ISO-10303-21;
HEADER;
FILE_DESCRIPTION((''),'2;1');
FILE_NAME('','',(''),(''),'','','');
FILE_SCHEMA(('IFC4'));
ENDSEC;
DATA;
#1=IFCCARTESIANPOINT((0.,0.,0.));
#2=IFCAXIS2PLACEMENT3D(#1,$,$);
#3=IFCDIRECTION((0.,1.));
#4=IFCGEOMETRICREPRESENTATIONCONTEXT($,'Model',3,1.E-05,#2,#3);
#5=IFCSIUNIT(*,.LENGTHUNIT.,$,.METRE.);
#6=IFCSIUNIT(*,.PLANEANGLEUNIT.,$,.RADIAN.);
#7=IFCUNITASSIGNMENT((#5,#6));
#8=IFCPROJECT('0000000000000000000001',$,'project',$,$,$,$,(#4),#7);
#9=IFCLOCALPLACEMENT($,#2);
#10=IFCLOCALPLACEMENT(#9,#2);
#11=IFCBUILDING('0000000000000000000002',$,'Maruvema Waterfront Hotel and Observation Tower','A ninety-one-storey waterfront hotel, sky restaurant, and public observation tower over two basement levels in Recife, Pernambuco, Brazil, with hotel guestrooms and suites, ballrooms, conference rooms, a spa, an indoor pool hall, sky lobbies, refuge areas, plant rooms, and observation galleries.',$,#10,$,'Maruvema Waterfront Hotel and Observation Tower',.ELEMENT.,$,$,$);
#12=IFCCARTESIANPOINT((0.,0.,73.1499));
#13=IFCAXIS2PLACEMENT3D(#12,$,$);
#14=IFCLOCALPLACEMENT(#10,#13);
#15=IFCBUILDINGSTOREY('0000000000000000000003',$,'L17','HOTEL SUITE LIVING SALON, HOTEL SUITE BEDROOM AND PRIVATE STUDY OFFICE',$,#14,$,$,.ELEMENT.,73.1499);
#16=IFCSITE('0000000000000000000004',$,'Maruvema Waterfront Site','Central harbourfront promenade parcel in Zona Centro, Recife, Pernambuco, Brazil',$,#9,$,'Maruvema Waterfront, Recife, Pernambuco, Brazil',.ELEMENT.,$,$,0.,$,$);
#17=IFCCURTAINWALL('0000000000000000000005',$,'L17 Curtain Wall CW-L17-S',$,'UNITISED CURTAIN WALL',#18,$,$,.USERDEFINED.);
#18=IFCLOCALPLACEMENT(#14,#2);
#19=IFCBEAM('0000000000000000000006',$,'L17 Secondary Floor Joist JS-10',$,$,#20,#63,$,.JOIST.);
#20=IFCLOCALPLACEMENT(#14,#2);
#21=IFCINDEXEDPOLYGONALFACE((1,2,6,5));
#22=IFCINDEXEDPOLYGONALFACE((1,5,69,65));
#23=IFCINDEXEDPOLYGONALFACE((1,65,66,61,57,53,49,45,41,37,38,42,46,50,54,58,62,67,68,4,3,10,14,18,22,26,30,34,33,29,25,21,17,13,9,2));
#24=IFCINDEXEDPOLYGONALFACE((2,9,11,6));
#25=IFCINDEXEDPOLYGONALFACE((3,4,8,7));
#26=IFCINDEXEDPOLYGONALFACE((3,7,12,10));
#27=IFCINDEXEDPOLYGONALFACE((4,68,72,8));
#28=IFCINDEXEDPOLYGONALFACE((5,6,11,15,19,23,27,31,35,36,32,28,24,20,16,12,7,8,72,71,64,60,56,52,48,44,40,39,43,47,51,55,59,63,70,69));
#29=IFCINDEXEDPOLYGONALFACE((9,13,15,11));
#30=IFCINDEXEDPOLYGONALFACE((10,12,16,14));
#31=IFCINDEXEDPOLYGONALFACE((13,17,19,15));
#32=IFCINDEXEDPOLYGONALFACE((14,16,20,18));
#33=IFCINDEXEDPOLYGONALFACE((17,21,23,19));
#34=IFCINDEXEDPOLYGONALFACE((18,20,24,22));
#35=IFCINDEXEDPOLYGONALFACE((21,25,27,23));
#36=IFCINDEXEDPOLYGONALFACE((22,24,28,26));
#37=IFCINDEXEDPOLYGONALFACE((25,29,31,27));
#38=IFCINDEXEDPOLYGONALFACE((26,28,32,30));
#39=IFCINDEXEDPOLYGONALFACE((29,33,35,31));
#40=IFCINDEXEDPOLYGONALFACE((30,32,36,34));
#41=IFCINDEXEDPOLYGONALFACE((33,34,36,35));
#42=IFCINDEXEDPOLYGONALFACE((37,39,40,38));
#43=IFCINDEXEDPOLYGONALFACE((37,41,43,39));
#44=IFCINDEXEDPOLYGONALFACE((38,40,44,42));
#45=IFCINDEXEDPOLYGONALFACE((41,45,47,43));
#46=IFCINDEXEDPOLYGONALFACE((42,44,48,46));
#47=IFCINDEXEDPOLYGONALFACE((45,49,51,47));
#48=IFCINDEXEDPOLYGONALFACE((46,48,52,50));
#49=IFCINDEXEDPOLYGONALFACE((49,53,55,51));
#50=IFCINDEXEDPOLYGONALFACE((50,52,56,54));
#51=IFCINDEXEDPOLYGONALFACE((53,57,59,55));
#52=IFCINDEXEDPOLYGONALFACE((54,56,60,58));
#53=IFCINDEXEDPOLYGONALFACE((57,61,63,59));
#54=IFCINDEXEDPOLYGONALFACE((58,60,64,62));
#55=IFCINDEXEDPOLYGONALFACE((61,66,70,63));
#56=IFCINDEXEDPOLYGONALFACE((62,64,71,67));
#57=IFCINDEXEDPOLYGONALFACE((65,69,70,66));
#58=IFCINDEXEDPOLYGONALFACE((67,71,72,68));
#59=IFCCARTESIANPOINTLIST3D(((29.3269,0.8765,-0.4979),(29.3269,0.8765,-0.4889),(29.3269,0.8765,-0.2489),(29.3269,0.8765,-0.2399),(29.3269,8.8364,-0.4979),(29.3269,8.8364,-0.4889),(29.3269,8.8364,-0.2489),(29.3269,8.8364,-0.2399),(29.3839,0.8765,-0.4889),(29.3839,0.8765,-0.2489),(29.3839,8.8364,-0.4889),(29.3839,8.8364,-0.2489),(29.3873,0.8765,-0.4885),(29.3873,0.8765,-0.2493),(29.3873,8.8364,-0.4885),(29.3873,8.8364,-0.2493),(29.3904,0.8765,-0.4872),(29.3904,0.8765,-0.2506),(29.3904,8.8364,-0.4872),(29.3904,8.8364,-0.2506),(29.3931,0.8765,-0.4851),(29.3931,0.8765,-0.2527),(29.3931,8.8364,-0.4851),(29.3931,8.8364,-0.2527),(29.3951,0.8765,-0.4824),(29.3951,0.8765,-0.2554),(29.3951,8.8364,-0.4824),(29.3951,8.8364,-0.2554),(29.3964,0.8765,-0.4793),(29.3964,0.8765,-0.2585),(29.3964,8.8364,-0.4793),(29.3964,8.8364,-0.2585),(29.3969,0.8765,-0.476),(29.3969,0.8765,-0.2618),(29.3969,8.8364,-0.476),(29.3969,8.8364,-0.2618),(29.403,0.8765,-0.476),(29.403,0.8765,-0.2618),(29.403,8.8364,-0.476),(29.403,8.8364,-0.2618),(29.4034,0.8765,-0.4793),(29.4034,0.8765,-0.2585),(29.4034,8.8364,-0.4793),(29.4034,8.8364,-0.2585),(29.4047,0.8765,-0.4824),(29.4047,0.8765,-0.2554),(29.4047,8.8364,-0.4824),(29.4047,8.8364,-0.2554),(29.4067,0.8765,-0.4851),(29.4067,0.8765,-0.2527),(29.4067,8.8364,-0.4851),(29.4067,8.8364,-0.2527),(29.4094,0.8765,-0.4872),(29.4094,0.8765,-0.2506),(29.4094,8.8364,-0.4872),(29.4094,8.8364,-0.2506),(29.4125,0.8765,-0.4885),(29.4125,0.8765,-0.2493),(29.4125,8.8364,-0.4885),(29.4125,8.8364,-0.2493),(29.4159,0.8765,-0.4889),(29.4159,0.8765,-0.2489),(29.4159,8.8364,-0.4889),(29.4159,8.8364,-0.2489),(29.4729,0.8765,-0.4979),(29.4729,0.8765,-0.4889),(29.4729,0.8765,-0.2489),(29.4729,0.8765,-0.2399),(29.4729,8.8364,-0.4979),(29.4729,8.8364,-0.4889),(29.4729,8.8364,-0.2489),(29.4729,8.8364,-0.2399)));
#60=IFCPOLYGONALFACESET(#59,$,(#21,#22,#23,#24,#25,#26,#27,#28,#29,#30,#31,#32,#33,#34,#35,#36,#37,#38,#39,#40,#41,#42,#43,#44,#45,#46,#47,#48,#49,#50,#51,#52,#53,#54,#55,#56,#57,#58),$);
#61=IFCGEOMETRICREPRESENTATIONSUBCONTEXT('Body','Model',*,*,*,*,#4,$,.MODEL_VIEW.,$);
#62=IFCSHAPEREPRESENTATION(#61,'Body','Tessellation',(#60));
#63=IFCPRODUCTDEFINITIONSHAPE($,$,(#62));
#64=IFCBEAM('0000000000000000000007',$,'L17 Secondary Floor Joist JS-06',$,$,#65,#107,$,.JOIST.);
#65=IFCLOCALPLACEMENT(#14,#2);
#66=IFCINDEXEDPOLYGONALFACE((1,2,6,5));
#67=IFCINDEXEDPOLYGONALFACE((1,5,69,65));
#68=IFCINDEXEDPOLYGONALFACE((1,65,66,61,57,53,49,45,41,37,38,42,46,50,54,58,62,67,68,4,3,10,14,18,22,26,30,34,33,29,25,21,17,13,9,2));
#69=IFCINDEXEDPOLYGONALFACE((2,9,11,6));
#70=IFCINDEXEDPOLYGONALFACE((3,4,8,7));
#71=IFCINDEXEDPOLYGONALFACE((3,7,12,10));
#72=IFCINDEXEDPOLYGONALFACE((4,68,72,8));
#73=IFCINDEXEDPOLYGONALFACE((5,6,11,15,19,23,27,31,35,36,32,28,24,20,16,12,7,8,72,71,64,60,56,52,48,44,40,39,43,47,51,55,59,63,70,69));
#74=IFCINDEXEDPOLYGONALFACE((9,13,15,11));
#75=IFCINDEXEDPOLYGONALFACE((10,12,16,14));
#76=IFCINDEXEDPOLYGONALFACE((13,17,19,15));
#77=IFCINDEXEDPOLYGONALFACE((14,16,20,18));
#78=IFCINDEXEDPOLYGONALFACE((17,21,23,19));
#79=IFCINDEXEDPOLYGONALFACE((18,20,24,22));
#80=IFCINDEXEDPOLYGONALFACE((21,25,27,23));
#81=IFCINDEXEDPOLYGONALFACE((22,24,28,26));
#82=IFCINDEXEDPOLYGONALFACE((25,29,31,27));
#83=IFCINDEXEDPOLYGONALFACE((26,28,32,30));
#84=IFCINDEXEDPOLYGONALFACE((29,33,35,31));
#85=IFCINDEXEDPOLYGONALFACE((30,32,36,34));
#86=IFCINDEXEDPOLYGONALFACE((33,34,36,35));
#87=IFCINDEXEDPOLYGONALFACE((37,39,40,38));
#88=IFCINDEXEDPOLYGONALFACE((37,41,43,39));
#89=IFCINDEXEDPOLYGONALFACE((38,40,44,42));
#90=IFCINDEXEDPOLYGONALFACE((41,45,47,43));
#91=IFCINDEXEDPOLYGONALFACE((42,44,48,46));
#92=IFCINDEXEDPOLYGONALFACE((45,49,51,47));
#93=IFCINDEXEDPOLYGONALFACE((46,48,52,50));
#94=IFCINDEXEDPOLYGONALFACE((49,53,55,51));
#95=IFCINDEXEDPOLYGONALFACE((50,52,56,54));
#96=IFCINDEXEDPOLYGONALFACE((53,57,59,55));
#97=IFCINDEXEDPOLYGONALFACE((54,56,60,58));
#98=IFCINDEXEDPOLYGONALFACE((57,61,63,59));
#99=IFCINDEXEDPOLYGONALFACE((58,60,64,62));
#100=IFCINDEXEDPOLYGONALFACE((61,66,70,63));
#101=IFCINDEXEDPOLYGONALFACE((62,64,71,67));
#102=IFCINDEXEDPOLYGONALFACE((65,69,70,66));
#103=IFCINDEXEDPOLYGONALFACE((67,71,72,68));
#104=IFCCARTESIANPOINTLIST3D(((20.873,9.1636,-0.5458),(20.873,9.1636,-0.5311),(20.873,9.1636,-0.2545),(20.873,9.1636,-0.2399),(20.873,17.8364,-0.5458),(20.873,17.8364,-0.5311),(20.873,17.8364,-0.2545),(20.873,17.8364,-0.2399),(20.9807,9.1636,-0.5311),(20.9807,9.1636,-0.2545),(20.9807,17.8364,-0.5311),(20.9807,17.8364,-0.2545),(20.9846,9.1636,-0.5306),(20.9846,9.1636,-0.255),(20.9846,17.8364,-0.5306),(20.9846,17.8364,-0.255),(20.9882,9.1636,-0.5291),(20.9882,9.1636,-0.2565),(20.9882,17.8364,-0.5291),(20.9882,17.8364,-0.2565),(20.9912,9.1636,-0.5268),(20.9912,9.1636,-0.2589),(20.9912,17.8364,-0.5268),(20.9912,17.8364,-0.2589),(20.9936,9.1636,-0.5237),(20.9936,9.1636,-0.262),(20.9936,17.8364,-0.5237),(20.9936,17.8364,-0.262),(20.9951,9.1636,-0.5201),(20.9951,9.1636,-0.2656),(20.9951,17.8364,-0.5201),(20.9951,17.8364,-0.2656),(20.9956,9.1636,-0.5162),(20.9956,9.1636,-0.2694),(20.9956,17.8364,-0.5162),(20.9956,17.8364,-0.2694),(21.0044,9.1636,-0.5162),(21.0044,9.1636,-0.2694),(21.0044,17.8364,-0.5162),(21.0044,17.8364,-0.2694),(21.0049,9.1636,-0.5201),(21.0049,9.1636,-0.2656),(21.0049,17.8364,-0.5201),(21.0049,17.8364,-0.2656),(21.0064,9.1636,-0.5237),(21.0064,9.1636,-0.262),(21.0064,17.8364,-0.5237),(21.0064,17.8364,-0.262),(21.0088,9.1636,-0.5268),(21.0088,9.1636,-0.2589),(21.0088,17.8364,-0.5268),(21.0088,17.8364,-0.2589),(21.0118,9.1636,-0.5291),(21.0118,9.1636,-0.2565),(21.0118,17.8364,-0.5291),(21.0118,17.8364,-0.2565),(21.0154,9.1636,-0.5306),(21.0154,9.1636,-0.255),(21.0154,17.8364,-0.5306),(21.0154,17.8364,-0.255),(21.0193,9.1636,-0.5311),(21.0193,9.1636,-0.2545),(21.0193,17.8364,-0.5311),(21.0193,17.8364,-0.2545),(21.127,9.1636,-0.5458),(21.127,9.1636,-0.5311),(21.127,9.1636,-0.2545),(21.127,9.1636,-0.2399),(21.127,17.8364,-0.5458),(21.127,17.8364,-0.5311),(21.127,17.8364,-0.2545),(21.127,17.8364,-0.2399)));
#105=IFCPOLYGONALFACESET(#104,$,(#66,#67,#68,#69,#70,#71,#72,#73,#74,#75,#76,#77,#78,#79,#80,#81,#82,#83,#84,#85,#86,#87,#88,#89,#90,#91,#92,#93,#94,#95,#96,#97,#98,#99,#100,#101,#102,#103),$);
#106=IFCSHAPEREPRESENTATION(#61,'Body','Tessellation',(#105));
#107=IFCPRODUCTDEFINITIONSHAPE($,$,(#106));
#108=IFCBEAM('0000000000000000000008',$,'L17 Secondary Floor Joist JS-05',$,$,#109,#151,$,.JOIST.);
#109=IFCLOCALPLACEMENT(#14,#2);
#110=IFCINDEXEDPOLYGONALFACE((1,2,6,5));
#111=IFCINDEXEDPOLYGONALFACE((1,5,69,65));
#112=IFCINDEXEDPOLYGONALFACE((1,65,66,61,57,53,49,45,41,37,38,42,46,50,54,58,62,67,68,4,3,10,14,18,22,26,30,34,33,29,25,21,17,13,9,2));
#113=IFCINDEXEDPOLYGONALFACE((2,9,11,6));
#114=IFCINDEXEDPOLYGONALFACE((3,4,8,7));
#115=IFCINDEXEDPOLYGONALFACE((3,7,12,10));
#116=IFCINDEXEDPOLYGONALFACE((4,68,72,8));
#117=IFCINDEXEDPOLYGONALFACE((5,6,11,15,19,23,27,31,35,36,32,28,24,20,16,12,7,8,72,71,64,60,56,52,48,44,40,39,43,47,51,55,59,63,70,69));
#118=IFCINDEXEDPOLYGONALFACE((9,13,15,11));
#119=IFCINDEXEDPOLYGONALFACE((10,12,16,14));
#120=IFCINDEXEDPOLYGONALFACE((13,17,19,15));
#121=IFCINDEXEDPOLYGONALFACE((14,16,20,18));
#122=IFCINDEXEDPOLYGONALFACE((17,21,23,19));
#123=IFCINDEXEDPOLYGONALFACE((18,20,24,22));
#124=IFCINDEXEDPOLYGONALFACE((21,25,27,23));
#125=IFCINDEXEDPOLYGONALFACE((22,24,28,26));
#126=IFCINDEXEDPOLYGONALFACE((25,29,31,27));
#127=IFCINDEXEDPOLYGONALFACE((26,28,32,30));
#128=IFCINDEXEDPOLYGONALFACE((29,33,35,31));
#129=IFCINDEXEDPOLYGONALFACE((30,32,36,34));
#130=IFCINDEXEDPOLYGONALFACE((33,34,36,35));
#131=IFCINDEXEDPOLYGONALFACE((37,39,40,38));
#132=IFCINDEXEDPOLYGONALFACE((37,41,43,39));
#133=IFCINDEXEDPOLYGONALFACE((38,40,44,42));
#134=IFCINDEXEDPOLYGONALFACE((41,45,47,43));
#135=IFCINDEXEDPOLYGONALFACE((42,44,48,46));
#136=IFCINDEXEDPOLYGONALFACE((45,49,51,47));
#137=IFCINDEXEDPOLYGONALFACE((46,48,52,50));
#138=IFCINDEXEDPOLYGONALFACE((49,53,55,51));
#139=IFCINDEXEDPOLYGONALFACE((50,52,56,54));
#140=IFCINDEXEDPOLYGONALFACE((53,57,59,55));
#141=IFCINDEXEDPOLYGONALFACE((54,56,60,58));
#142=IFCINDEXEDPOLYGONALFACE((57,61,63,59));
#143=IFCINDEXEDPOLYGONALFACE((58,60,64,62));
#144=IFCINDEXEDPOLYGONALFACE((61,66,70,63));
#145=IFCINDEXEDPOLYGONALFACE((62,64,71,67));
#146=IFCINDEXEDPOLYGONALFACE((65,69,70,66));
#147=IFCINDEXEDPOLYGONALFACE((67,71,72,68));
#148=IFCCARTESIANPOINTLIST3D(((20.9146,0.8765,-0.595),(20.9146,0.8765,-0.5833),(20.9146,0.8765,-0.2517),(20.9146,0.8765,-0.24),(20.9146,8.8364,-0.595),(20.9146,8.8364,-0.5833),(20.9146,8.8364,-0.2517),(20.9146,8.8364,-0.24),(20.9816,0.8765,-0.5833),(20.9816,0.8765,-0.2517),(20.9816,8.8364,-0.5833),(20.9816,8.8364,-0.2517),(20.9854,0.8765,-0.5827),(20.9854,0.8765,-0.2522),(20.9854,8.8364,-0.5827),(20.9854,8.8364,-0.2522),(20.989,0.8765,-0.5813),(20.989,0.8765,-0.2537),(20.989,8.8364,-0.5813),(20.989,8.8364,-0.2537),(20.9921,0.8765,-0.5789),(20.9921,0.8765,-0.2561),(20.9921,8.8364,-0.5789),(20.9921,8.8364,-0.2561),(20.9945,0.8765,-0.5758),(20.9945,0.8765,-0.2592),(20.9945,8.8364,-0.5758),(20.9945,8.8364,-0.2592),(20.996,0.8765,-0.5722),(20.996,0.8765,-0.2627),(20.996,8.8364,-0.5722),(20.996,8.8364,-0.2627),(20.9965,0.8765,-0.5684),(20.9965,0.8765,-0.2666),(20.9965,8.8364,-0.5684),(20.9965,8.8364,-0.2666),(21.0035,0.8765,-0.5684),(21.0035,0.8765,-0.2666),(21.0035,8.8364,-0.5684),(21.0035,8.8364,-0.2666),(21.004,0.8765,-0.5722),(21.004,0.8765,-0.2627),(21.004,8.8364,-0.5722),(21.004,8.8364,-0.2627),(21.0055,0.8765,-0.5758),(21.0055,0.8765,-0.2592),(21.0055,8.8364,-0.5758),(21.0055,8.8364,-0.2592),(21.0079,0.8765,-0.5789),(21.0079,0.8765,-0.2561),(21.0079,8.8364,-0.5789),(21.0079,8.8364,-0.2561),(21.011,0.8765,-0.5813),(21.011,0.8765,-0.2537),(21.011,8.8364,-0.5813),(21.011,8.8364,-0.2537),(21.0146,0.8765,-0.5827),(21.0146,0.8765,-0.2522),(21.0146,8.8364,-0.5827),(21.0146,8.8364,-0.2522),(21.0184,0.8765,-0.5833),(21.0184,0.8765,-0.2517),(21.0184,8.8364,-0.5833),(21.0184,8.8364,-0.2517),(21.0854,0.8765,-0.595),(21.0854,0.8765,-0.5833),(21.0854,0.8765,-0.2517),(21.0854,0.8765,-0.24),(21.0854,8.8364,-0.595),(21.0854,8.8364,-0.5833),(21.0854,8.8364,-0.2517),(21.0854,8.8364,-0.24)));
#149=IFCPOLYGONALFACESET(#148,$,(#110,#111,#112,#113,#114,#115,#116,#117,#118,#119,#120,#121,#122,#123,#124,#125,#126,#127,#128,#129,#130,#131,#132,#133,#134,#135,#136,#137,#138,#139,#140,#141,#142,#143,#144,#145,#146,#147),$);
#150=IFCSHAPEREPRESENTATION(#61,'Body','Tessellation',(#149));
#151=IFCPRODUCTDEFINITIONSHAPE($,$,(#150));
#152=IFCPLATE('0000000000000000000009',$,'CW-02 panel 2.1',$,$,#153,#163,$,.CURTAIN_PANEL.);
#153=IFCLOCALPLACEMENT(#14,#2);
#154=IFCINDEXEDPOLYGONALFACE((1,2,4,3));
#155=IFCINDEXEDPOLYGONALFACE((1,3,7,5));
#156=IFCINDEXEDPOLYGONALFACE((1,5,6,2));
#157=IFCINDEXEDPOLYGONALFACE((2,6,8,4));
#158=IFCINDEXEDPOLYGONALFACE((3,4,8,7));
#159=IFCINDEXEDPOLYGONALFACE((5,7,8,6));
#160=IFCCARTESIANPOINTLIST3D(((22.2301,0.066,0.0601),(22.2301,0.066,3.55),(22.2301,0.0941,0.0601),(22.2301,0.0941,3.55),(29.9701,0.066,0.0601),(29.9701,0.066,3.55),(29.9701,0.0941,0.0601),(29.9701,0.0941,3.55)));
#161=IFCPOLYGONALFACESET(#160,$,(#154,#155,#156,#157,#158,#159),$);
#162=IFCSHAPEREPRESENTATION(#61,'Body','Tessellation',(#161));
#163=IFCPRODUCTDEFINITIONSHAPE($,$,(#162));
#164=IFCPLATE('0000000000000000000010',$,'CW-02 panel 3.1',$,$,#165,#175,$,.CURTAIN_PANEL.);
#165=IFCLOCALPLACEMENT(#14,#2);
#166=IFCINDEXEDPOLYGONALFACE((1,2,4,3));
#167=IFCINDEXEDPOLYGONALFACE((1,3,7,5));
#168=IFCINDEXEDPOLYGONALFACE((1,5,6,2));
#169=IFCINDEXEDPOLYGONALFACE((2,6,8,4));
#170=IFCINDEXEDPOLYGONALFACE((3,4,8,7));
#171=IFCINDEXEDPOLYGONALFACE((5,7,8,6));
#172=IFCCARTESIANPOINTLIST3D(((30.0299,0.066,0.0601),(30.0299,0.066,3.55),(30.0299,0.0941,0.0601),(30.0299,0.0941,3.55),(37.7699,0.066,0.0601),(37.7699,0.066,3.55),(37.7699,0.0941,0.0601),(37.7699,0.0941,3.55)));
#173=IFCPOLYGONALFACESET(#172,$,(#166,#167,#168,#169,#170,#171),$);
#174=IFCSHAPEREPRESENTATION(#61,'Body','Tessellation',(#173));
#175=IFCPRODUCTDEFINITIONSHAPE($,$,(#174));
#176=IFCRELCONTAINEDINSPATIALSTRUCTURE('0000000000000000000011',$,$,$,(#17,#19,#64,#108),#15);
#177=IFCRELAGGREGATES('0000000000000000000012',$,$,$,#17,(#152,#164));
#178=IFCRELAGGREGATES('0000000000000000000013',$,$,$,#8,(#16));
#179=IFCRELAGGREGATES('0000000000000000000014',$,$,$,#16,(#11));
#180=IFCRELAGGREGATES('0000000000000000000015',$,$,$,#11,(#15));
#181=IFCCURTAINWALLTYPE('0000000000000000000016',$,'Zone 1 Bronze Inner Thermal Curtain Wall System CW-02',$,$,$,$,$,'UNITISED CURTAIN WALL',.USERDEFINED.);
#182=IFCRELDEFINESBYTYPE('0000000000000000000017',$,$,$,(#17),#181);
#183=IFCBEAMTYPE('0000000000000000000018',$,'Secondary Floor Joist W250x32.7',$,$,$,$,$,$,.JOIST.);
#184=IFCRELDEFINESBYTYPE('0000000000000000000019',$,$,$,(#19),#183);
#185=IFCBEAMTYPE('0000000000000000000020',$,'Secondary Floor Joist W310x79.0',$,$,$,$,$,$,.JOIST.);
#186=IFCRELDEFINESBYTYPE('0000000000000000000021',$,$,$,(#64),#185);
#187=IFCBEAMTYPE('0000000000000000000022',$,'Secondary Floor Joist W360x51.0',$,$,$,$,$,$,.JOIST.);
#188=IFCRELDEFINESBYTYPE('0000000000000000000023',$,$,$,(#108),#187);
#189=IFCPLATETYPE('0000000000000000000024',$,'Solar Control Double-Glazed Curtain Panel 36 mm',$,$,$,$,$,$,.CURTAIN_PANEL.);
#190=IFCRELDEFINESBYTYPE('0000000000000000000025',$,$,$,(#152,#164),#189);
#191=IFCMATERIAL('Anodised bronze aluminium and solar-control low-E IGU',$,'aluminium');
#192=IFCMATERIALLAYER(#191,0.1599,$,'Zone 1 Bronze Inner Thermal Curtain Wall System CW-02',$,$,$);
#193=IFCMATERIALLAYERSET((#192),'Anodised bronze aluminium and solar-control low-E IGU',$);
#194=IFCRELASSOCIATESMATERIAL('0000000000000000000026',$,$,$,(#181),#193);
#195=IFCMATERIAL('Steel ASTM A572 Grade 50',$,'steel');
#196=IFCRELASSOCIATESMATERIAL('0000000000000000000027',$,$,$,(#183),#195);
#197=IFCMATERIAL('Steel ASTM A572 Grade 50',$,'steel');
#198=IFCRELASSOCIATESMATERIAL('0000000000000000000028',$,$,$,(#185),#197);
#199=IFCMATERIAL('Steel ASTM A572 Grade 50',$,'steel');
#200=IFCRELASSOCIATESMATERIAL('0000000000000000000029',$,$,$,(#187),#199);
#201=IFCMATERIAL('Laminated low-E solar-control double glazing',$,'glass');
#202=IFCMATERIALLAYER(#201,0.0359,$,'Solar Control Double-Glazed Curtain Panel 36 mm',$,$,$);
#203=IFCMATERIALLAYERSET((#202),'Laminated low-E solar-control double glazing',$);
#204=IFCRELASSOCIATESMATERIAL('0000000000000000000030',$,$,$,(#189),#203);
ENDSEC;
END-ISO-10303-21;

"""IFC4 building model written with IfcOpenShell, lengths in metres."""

from ifc_helpers import new_model, si_unit, direction, frame, origin, origin_2d, place, context, subcontext, project, spatial, rectangle, i_section, extrude, material, layer, layer_set, material_profile, profile_set, type_object, element, aggregate, save


model = new_model("IFC4")

# Units and contexts
model_context = context("Model", 3, precision=1e-05, world=origin(), true_north=direction((0.0, 1.0)))
body_context = subcontext(model_context, "Body", "Model", "MODEL_VIEW")
ifc_project = project(units=[si_unit("LENGTHUNIT", "METRE"), si_unit("PLANEANGLEUNIT", "RADIAN")], contexts=[model_context])

# Site, building, storey
site_placement = place(None, origin())
site = spatial("IfcSite", under=ifc_project, at=site_placement, Name="Maruvema Waterfront Site", Description="Central harbourfront promenade parcel in Zona Centro, Recife, Pernambuco, Brazil", LongName="Maruvema Waterfront, Recife, Pernambuco, Brazil", CompositionType="ELEMENT", RefElevation=0.0)
building_placement = place(site_placement, origin())
building = spatial("IfcBuilding", under=site, at=building_placement, Name="Maruvema Waterfront Hotel and Observation Tower", Description="A ninety-one-storey waterfront hotel, sky restaurant, and public observation tower over two basement levels in Recife, Pernambuco, Brazil, with hotel guestrooms and suites, ballrooms, conference rooms, a spa, an indoor pool hall, sky lobbies, refuge areas, plant rooms, and observation galleries.", LongName="Maruvema Waterfront Hotel and Observation Tower", CompositionType="ELEMENT")
storey_placement = place(building_placement, frame((0.0, 0.0, 73.1499)))
storey = spatial("IfcBuildingStorey", under=building, at=storey_placement, Name="L17", Description="HOTEL SUITE LIVING SALON, HOTEL SUITE BEDROOM AND PRIVATE STUDY OFFICE", CompositionType="ELEMENT", Elevation=73.1499)

# Curtain wall
ifc_material_1 = material(Name="Anodised bronze aluminium and solar-control low-E IGU", Category="aluminium")
ifc_layer_1 = layer(ifc_material_1, 0.1599, Name="Zone 1 Bronze Inner Thermal Curtain Wall System CW-02")
ifc_layer_set_1 = layer_set([ifc_layer_1], Name="Anodised bronze aluminium and solar-control low-E IGU")
curtain_wall_type = type_object("IfcCurtainWallType", Name="Zone 1 Bronze Inner Thermal Curtain Wall System CW-02", ElementType="UNITISED CURTAIN WALL", PredefinedType="USERDEFINED", material=ifc_layer_set_1)
curtain_wall_placement = place(storey_placement, origin())
curtain_wall = element("IfcCurtainWall", 1, at=curtain_wall_placement, inside=storey, type_object=curtain_wall_type, Name="L17 Curtain Wall CW-L17-S", ObjectType="UNITISED CURTAIN WALL", PredefinedType="USERDEFINED")

# Beams
ifc_material_2 = material(Name="Steel ASTM A572 Grade 50", Category="steel")
ifc_material_profile_1 = material_profile(ifc_material_2, i_section(OverallWidth=0.146, OverallDepth=0.2581, WebThickness=0.0061, FlangeThickness=0.009, FilletRadius=0.0129, at=origin_2d()), Name="W250x32.7")
ifc_profile_set_1 = profile_set([ifc_material_profile_1], Name="Steel ASTM A572 Grade 50")
beam_type_1 = type_object("IfcBeamType", Name="Secondary Floor Joist W250x32.7", PredefinedType="JOIST", material=ifc_profile_set_1)
beam_1_placement = place(storey_placement, frame((29.3999, 0.8765, -0.3689), z_axis=(0.0, 1.0, 0.0), x_axis=(-1.0, 0.0, 0.0)))
element("IfcBeam", 2, at=beam_1_placement, inside=storey, type_object=beam_type_1, Name="L17 Secondary Floor Joist JS-10", PredefinedType="JOIST", context=body_context, shape_type="SweptSolid", body=[
    extrude(i_section(OverallWidth=0.146, OverallDepth=0.2581, WebThickness=0.0061, FlangeThickness=0.009, FilletRadius=0.0129, at=origin_2d()), origin(), (0.0, 0.0, 1.0), 7.96),
])
ifc_material_3 = material(Name="Steel ASTM A572 Grade 50", Category="steel")
ifc_material_profile_2 = material_profile(ifc_material_3, i_section(OverallWidth=0.2539, OverallDepth=0.3059, WebThickness=0.0088, FlangeThickness=0.0146, FilletRadius=0.0149, at=origin_2d()), Name="W310x79.0")
ifc_profile_set_2 = profile_set([ifc_material_profile_2], Name="Steel ASTM A572 Grade 50")
beam_type_2 = type_object("IfcBeamType", Name="Secondary Floor Joist W310x79.0", PredefinedType="JOIST", material=ifc_profile_set_2)
beam_2_placement = place(storey_placement, frame((21.0, 9.1636, -0.3928), z_axis=(0.0, 1.0, 0.0), x_axis=(-1.0, 0.0, 0.0)))
element("IfcBeam", 3, at=beam_2_placement, inside=storey, type_object=beam_type_2, Name="L17 Secondary Floor Joist JS-06", PredefinedType="JOIST", context=body_context, shape_type="SweptSolid", body=[
    extrude(i_section(OverallWidth=0.2539, OverallDepth=0.3059, WebThickness=0.0088, FlangeThickness=0.0146, FilletRadius=0.0149, at=origin_2d()), origin(), (0.0, 0.0, 1.0), 8.6729),
])
ifc_material_4 = material(Name="Steel ASTM A572 Grade 50", Category="steel")
ifc_material_profile_3 = material_profile(ifc_material_4, i_section(OverallWidth=0.1709, OverallDepth=0.355, WebThickness=0.0071, FlangeThickness=0.0117, FilletRadius=0.0149, at=origin_2d()), Name="W360x51.0")
ifc_profile_set_3 = profile_set([ifc_material_profile_3], Name="Steel ASTM A572 Grade 50")
beam_type_3 = type_object("IfcBeamType", Name="Secondary Floor Joist W360x51.0", PredefinedType="JOIST", material=ifc_profile_set_3)
beam_3_placement = place(storey_placement, frame((21.0, 0.8765, -0.4175), z_axis=(0.0, 1.0, 0.0), x_axis=(-1.0, 0.0, 0.0)))
element("IfcBeam", 4, at=beam_3_placement, inside=storey, type_object=beam_type_3, Name="L17 Secondary Floor Joist JS-05", PredefinedType="JOIST", context=body_context, shape_type="SweptSolid", body=[
    extrude(i_section(OverallWidth=0.1709, OverallDepth=0.355, WebThickness=0.0071, FlangeThickness=0.0117, FilletRadius=0.0149, at=origin_2d()), origin(), (0.0, 0.0, 1.0), 7.96),
])

# Plates
ifc_material_5 = material(Name="Laminated low-E solar-control double glazing", Category="glass")
ifc_layer_2 = layer(ifc_material_5, 0.0359, Name="Solar Control Double-Glazed Curtain Panel 36 mm")
ifc_layer_set_2 = layer_set([ifc_layer_2], Name="Laminated low-E solar-control double glazing")
plate_type = type_object("IfcPlateType", Name="Solar Control Double-Glazed Curtain Panel 36 mm", PredefinedType="CURTAIN_PANEL", material=ifc_layer_set_2)
plate_1_placement = place(storey_placement, frame((26.1001, 0.0801, 0.0601), z_axis=(0.0, 0.0, 1.0), x_axis=(1.0, 0.0, 0.0)))
plate_1 = element("IfcPlate", 5, at=plate_1_placement, type_object=plate_type, Name="CW-02 panel 2.1", PredefinedType="CURTAIN_PANEL", context=body_context, shape_type="SweptSolid", body=[
    extrude(rectangle(XDim=7.74, YDim=0.0281, at=origin_2d()), origin(), (0.0, 0.0, 1.0), 3.49),
])
plate_2_placement = place(storey_placement, frame((33.8999, 0.0801, 0.0601), z_axis=(0.0, 0.0, 1.0), x_axis=(1.0, 0.0, 0.0)))
plate_2 = element("IfcPlate", 6, at=plate_2_placement, type_object=plate_type, Name="CW-02 panel 3.1", PredefinedType="CURTAIN_PANEL", context=body_context, shape_type="SweptSolid", body=[
    extrude(rectangle(XDim=7.74, YDim=0.0281, at=origin_2d()), origin(), (0.0, 0.0, 1.0), 3.49),
])
aggregate(curtain_wall, [plate_1, plate_2])

save(model, "model.ifc")
